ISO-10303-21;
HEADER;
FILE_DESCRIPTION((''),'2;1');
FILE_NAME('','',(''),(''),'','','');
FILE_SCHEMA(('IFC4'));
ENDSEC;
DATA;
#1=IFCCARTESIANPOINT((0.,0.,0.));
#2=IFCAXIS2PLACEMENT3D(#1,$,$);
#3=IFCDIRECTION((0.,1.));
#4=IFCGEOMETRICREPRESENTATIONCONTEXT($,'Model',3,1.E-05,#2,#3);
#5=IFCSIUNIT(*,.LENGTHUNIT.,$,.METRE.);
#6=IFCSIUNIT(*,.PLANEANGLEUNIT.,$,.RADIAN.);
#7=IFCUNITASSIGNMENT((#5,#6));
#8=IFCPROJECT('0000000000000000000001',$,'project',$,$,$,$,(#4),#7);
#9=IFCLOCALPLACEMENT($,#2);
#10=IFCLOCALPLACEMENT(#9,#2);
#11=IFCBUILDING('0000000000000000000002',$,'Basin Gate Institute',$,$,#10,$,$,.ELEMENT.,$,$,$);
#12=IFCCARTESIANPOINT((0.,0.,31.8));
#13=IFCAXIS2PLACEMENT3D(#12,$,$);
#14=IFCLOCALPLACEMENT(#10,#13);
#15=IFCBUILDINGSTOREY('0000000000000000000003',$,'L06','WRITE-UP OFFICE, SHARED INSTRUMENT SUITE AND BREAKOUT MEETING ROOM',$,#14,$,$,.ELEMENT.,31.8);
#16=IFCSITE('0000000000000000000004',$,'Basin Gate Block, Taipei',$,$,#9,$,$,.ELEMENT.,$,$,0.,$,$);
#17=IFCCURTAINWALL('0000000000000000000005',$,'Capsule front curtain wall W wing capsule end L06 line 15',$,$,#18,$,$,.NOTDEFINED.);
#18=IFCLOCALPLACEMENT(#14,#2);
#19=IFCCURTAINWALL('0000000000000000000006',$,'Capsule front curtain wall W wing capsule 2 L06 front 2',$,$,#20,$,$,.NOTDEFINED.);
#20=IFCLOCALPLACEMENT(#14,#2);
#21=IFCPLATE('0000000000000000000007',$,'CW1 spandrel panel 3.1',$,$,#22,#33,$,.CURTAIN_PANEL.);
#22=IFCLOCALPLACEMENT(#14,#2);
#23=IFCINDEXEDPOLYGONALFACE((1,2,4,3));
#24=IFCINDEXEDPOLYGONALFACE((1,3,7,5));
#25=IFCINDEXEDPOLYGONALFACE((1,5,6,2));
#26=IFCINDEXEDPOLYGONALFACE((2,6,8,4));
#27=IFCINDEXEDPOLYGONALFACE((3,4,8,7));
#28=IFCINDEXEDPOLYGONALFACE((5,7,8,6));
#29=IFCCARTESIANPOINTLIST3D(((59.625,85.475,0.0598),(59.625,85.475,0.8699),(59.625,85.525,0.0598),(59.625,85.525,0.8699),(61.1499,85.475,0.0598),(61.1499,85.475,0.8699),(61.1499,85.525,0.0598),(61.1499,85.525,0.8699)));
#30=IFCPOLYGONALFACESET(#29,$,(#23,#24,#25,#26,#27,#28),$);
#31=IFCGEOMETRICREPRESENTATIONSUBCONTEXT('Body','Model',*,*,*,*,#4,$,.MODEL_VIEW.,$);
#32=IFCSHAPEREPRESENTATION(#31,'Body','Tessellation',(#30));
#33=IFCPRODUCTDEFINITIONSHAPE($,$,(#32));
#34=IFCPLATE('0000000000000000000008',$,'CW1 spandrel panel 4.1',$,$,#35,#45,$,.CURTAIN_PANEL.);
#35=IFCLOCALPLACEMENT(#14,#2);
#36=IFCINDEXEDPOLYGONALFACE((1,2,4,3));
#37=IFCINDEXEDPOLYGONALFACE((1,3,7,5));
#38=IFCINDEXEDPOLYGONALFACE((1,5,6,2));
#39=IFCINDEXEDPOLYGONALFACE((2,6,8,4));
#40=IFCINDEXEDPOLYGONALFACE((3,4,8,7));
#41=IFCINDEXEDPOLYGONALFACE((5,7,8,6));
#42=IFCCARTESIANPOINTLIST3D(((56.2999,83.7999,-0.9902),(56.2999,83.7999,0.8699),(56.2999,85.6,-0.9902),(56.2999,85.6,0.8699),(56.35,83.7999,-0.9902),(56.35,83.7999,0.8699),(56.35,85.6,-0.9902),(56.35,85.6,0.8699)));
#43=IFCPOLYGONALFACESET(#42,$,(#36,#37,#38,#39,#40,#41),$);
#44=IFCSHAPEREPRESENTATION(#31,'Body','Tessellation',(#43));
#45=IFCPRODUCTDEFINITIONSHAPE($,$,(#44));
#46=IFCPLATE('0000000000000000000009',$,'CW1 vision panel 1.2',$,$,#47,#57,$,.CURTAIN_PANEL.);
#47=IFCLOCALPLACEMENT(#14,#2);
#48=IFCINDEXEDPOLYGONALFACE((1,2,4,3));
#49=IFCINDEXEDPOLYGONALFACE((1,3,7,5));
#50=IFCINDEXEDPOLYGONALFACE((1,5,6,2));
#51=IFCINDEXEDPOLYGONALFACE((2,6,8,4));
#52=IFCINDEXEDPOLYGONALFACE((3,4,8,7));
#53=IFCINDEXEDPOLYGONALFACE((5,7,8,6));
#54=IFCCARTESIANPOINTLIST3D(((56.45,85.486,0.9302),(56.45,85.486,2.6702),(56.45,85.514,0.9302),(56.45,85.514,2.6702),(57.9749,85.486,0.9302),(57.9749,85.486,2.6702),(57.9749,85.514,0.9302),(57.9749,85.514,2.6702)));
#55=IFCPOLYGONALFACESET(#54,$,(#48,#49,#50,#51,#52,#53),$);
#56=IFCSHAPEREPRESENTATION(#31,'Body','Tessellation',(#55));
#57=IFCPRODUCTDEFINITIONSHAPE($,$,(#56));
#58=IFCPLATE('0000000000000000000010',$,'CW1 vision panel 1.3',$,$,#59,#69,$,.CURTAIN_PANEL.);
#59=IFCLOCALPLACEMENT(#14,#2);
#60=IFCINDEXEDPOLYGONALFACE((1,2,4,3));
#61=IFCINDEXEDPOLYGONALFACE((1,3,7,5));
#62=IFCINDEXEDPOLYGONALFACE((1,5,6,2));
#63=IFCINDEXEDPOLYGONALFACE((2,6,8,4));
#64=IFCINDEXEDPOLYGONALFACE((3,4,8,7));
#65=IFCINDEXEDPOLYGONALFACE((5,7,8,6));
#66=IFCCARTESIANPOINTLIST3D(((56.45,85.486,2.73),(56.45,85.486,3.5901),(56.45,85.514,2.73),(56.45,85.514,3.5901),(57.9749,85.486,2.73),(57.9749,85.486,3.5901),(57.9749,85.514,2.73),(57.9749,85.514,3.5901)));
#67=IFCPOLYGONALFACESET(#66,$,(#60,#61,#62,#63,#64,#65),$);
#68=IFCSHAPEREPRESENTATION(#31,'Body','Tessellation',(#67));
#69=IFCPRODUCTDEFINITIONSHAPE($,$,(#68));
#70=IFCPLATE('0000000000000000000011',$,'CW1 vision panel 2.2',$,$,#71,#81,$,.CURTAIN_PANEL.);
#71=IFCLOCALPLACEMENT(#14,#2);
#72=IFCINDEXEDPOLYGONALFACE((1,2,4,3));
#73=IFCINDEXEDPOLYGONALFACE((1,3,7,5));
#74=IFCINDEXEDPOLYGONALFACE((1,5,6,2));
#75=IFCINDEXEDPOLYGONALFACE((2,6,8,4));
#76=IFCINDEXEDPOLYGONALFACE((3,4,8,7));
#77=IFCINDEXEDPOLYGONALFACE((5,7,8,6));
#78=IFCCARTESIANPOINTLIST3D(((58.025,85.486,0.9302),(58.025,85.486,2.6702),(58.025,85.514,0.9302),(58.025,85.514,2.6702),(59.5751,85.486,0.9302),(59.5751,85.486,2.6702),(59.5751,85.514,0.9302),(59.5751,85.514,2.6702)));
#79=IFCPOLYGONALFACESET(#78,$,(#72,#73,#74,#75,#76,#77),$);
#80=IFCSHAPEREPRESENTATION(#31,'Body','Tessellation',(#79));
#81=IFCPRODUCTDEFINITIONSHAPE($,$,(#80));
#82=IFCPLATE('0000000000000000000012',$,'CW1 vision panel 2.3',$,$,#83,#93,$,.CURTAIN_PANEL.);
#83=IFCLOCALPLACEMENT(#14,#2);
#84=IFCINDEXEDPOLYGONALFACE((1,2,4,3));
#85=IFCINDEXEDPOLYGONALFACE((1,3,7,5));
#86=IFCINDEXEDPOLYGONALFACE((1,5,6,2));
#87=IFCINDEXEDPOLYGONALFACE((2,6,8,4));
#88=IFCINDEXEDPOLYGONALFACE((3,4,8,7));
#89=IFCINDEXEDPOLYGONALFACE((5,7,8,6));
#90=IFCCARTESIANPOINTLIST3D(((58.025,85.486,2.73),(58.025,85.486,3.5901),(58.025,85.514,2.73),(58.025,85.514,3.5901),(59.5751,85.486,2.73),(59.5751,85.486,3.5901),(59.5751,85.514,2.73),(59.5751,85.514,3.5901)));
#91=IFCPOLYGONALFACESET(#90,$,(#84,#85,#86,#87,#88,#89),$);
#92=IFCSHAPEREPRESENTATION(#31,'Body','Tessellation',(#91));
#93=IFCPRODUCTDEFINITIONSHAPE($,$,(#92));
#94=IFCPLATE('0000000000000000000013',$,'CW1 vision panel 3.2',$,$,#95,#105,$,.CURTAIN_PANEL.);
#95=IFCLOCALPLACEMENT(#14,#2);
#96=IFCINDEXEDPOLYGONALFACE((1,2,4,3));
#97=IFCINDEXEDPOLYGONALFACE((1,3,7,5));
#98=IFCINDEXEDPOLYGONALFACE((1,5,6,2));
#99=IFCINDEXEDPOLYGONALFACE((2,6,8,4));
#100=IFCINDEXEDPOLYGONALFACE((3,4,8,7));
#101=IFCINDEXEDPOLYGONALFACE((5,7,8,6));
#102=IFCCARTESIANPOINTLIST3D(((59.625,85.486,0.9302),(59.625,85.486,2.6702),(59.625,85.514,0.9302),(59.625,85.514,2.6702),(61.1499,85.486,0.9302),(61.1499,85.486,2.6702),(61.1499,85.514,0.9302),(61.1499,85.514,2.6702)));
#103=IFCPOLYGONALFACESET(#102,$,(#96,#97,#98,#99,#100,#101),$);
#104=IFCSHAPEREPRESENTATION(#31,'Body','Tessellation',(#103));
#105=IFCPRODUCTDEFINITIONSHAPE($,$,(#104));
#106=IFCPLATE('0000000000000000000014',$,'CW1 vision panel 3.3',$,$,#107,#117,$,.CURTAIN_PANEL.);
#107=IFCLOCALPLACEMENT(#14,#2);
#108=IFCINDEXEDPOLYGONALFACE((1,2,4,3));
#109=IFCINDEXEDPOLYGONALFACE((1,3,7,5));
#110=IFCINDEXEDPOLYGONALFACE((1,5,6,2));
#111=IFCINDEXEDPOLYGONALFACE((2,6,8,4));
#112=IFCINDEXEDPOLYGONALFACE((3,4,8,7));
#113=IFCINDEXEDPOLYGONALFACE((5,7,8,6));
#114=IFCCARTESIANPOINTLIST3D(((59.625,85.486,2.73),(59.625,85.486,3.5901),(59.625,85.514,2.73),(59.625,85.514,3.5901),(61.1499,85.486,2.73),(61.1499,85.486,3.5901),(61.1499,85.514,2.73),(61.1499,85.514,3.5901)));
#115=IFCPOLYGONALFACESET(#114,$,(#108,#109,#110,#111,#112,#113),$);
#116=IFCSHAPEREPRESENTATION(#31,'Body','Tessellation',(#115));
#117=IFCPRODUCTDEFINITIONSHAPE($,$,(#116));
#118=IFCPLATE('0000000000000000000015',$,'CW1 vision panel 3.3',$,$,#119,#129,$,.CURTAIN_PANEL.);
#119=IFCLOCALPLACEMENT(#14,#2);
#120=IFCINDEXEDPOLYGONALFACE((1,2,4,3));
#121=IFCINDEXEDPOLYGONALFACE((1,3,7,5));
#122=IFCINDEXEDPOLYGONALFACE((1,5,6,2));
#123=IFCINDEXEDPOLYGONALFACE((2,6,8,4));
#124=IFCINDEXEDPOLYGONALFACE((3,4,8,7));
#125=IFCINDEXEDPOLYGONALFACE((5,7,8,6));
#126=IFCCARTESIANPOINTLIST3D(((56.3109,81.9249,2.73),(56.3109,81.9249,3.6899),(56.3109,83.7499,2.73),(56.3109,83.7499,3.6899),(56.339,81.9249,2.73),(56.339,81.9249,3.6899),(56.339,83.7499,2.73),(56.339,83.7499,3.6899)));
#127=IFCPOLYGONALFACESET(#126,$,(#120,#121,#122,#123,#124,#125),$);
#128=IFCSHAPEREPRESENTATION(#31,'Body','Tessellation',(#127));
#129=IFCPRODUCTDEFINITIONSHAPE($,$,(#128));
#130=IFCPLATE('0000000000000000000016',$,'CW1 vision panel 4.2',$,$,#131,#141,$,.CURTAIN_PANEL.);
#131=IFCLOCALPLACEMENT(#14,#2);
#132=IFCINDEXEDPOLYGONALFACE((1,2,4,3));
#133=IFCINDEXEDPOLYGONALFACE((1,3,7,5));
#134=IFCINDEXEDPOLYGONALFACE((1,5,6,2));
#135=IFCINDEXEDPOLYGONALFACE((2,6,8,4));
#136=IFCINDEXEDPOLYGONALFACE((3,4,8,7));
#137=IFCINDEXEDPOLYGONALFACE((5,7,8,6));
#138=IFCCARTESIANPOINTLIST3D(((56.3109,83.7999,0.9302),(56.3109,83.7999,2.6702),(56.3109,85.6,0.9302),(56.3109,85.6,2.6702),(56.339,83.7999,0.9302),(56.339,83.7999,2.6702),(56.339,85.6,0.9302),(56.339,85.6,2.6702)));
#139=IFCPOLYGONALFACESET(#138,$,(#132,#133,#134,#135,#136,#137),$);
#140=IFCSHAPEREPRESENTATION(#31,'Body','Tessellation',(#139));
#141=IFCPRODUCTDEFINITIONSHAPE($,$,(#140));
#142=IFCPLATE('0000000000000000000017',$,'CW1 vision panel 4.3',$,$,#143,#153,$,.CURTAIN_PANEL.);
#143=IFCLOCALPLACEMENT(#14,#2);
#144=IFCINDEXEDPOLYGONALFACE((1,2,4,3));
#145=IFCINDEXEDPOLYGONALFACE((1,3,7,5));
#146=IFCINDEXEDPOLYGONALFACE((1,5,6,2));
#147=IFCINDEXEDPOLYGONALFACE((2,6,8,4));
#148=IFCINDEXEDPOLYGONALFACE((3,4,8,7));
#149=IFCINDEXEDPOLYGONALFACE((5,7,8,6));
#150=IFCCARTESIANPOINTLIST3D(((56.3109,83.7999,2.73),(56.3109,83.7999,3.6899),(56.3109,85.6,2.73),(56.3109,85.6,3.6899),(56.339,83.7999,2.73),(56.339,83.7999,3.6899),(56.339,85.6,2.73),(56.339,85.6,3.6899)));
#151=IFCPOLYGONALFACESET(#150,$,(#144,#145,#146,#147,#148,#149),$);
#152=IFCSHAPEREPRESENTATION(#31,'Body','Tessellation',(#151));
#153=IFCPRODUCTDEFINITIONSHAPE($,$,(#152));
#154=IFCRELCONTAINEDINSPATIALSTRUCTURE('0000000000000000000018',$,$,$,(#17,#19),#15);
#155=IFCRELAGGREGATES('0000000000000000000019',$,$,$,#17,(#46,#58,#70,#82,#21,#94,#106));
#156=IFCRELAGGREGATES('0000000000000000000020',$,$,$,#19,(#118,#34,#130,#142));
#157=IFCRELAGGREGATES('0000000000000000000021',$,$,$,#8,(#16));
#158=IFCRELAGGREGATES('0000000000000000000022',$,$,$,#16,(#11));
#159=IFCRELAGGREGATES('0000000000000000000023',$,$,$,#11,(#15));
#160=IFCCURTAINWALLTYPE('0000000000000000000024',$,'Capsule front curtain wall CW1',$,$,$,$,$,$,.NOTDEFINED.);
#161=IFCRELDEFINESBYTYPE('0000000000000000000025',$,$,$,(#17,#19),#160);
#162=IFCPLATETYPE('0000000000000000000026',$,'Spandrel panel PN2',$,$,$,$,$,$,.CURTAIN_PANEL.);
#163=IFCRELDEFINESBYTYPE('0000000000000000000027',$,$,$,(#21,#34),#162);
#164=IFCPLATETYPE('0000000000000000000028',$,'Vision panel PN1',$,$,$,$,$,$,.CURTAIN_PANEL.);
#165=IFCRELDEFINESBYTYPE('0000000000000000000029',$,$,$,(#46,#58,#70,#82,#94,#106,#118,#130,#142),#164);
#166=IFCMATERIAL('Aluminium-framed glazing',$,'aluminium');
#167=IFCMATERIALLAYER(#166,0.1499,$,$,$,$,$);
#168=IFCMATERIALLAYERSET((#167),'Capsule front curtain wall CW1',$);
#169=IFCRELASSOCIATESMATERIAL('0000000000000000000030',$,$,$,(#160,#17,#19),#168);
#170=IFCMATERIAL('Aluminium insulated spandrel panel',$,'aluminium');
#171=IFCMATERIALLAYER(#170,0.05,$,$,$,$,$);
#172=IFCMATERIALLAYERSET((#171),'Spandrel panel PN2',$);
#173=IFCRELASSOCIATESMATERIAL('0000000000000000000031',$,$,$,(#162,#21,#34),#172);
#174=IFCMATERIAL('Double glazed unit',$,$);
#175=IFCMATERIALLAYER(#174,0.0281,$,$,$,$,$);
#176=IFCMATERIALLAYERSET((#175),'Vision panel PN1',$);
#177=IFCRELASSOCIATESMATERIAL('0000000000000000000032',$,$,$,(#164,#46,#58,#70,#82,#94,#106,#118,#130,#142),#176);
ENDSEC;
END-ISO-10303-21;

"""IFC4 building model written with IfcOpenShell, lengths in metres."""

from ifc_helpers import new_model, si_unit, direction, frame, origin, origin_2d, place, context, subcontext, project, spatial, rectangle, extrude, material, layer, layer_set, type_object, element, aggregate, save


model = new_model("IFC4")

# Units and contexts
model_context = context("Model", 3, precision=1e-05, world=origin(), true_north=direction((0.0, 1.0)))
body_context = subcontext(model_context, "Body", "Model", "MODEL_VIEW")
ifc_project = project(units=[si_unit("LENGTHUNIT", "METRE"), si_unit("PLANEANGLEUNIT", "RADIAN")], contexts=[model_context])

# Site, building, storey
site_placement = place(None, origin())
site = spatial("IfcSite", under=ifc_project, at=site_placement, Name="Basin Gate Block, Taipei", CompositionType="ELEMENT", RefElevation=0.0)
building_placement = place(site_placement, origin())
building = spatial("IfcBuilding", under=site, at=building_placement, Name="Basin Gate Institute", CompositionType="ELEMENT")
storey_placement = place(building_placement, frame((0.0, 0.0, 31.8)))
storey = spatial("IfcBuildingStorey", under=building, at=storey_placement, Name="L06", Description="WRITE-UP OFFICE, SHARED INSTRUMENT SUITE AND BREAKOUT MEETING ROOM", CompositionType="ELEMENT", Elevation=31.8)

# Curtain wall
ifc_material_1 = material(Name="Aluminium-framed glazing", Category="aluminium")
ifc_layer_1 = layer(ifc_material_1, 0.1499)
ifc_layer_set_1 = layer_set([ifc_layer_1], Name="Capsule front curtain wall CW1")
curtain_wall_type = type_object("IfcCurtainWallType", Name="Capsule front curtain wall CW1", PredefinedType="NOTDEFINED", material=ifc_layer_set_1)
curtain_wall_1_placement = place(storey_placement, origin())
curtain_wall_1 = element("IfcCurtainWall", 1, at=curtain_wall_1_placement, inside=storey, type_object=curtain_wall_type, material=ifc_layer_set_1, Name="Capsule front curtain wall W wing capsule end L06 line 15", PredefinedType="NOTDEFINED")

# Curtain wall
curtain_wall_2_placement = place(storey_placement, origin())
curtain_wall_2 = element("IfcCurtainWall", 2, at=curtain_wall_2_placement, inside=storey, type_object=curtain_wall_type, material=ifc_layer_set_1, Name="Capsule front curtain wall W wing capsule 2 L06 front 2", PredefinedType="NOTDEFINED")

# Plates
ifc_material_2 = material(Name="Aluminium insulated spandrel panel", Category="aluminium")
ifc_layer_2 = layer(ifc_material_2, 0.05)
ifc_layer_set_2 = layer_set([ifc_layer_2], Name="Spandrel panel PN2")
plate_type_1 = type_object("IfcPlateType", Name="Spandrel panel PN2", PredefinedType="CURTAIN_PANEL", material=ifc_layer_set_2)
plate_1_placement = place(storey_placement, frame((60.3875, 85.5, 0.0598), z_axis=(0.0, 0.0, 1.0), x_axis=(1.0, 0.0, 0.0)))
plate_1 = element("IfcPlate", 3, at=plate_1_placement, type_object=plate_type_1, material=ifc_layer_set_2, Name="CW1 spandrel panel 3.1", PredefinedType="CURTAIN_PANEL", context=body_context, shape_type="SweptSolid", body=[
    extrude(rectangle(XDim=1.5249, YDim=0.05, at=origin_2d()), origin(), (0.0, 0.0, 1.0), 0.8101),
])
plate_2_placement = place(storey_placement, frame((56.325, 84.7, -0.9902), z_axis=(0.0, 0.0, 1.0), x_axis=(0.0, 1.0, 0.0)))
plate_2 = element("IfcPlate", 4, at=plate_2_placement, type_object=plate_type_1, material=ifc_layer_set_2, Name="CW1 spandrel panel 4.1", PredefinedType="CURTAIN_PANEL", context=body_context, shape_type="SweptSolid", body=[
    extrude(rectangle(XDim=1.8, YDim=0.05, at=origin_2d()), origin(), (0.0, 0.0, 1.0), 1.8601),
])
ifc_material_3 = material(Name="Double glazed unit")
ifc_layer_3 = layer(ifc_material_3, 0.0281)
ifc_layer_set_3 = layer_set([ifc_layer_3], Name="Vision panel PN1")
plate_type_2 = type_object("IfcPlateType", Name="Vision panel PN1", PredefinedType="CURTAIN_PANEL", material=ifc_layer_set_3)
plate_3_placement = place(storey_placement, frame((57.2124, 85.5, 0.9302), z_axis=(0.0, 0.0, 1.0), x_axis=(1.0, 0.0, 0.0)))
plate_3 = element("IfcPlate", 5, at=plate_3_placement, type_object=plate_type_2, material=ifc_layer_set_3, Name="CW1 vision panel 1.2", PredefinedType="CURTAIN_PANEL", context=body_context, shape_type="SweptSolid", body=[
    extrude(rectangle(XDim=1.5249, YDim=0.0281, at=origin_2d()), origin(), (0.0, 0.0, 1.0), 1.74),
])
plate_4_placement = place(storey_placement, frame((57.2124, 85.5, 2.73), z_axis=(0.0, 0.0, 1.0), x_axis=(1.0, 0.0, 0.0)))
plate_4 = element("IfcPlate", 6, at=plate_4_placement, type_object=plate_type_2, material=ifc_layer_set_3, Name="CW1 vision panel 1.3", PredefinedType="CURTAIN_PANEL", context=body_context, shape_type="SweptSolid", body=[
    extrude(rectangle(XDim=1.5249, YDim=0.0281, at=origin_2d()), origin(), (0.0, 0.0, 1.0), 0.8601),
])
plate_5_placement = place(storey_placement, frame((58.8, 85.5, 0.9302), z_axis=(0.0, 0.0, 1.0), x_axis=(1.0, 0.0, 0.0)))
plate_5 = element("IfcPlate", 7, at=plate_5_placement, type_object=plate_type_2, material=ifc_layer_set_3, Name="CW1 vision panel 2.2", PredefinedType="CURTAIN_PANEL", context=body_context, shape_type="SweptSolid", body=[
    extrude(rectangle(XDim=1.55, YDim=0.0281, at=origin_2d()), origin(), (0.0, 0.0, 1.0), 1.74),
])
plate_6_placement = place(storey_placement, frame((58.8, 85.5, 2.73), z_axis=(0.0, 0.0, 1.0), x_axis=(1.0, 0.0, 0.0)))
plate_6 = element("IfcPlate", 8, at=plate_6_placement, type_object=plate_type_2, material=ifc_layer_set_3, Name="CW1 vision panel 2.3", PredefinedType="CURTAIN_PANEL", context=body_context, shape_type="SweptSolid", body=[
    extrude(rectangle(XDim=1.55, YDim=0.0281, at=origin_2d()), origin(), (0.0, 0.0, 1.0), 0.8601),
])
plate_7_placement = place(storey_placement, frame((60.3875, 85.5, 0.9302), z_axis=(0.0, 0.0, 1.0), x_axis=(1.0, 0.0, 0.0)))
plate_7 = element("IfcPlate", 9, at=plate_7_placement, type_object=plate_type_2, material=ifc_layer_set_3, Name="CW1 vision panel 3.2", PredefinedType="CURTAIN_PANEL", context=body_context, shape_type="SweptSolid", body=[
    extrude(rectangle(XDim=1.5249, YDim=0.0281, at=origin_2d()), origin(), (0.0, 0.0, 1.0), 1.74),
])
plate_8_placement = place(storey_placement, frame((60.3875, 85.5, 2.73), z_axis=(0.0, 0.0, 1.0), x_axis=(1.0, 0.0, 0.0)))
plate_8 = element("IfcPlate", 10, at=plate_8_placement, type_object=plate_type_2, material=ifc_layer_set_3, Name="CW1 vision panel 3.3", PredefinedType="CURTAIN_PANEL", context=body_context, shape_type="SweptSolid", body=[
    extrude(rectangle(XDim=1.5249, YDim=0.0281, at=origin_2d()), origin(), (0.0, 0.0, 1.0), 0.8601),
])
aggregate(curtain_wall_1, [plate_3, plate_4, plate_5, plate_6, plate_1, plate_7, plate_8])
plate_9_placement = place(storey_placement, frame((56.325, 82.8374, 2.73), z_axis=(0.0, 0.0, 1.0), x_axis=(0.0, 1.0, 0.0)))
plate_9 = element("IfcPlate", 11, at=plate_9_placement, type_object=plate_type_2, material=ifc_layer_set_3, Name="CW1 vision panel 3.3", PredefinedType="CURTAIN_PANEL", context=body_context, shape_type="SweptSolid", body=[
    extrude(rectangle(XDim=1.825, YDim=0.0281, at=origin_2d()), origin(), (0.0, 0.0, 1.0), 0.96),
])
plate_10_placement = place(storey_placement, frame((56.325, 84.7, 0.9302), z_axis=(0.0, 0.0, 1.0), x_axis=(0.0, 1.0, 0.0)))
plate_10 = element("IfcPlate", 12, at=plate_10_placement, type_object=plate_type_2, material=ifc_layer_set_3, Name="CW1 vision panel 4.2", PredefinedType="CURTAIN_PANEL", context=body_context, shape_type="SweptSolid", body=[
    extrude(rectangle(XDim=1.8, YDim=0.0281, at=origin_2d()), origin(), (0.0, 0.0, 1.0), 1.74),
])
plate_11_placement = place(storey_placement, frame((56.325, 84.7, 2.73), z_axis=(0.0, 0.0, 1.0), x_axis=(0.0, 1.0, 0.0)))
plate_11 = element("IfcPlate", 13, at=plate_11_placement, type_object=plate_type_2, material=ifc_layer_set_3, Name="CW1 vision panel 4.3", PredefinedType="CURTAIN_PANEL", context=body_context, shape_type="SweptSolid", body=[
    extrude(rectangle(XDim=1.8, YDim=0.0281, at=origin_2d()), origin(), (0.0, 0.0, 1.0), 0.96),
])
aggregate(curtain_wall_2, [plate_9, plate_2, plate_10, plate_11])

save(model, "model.ifc")
